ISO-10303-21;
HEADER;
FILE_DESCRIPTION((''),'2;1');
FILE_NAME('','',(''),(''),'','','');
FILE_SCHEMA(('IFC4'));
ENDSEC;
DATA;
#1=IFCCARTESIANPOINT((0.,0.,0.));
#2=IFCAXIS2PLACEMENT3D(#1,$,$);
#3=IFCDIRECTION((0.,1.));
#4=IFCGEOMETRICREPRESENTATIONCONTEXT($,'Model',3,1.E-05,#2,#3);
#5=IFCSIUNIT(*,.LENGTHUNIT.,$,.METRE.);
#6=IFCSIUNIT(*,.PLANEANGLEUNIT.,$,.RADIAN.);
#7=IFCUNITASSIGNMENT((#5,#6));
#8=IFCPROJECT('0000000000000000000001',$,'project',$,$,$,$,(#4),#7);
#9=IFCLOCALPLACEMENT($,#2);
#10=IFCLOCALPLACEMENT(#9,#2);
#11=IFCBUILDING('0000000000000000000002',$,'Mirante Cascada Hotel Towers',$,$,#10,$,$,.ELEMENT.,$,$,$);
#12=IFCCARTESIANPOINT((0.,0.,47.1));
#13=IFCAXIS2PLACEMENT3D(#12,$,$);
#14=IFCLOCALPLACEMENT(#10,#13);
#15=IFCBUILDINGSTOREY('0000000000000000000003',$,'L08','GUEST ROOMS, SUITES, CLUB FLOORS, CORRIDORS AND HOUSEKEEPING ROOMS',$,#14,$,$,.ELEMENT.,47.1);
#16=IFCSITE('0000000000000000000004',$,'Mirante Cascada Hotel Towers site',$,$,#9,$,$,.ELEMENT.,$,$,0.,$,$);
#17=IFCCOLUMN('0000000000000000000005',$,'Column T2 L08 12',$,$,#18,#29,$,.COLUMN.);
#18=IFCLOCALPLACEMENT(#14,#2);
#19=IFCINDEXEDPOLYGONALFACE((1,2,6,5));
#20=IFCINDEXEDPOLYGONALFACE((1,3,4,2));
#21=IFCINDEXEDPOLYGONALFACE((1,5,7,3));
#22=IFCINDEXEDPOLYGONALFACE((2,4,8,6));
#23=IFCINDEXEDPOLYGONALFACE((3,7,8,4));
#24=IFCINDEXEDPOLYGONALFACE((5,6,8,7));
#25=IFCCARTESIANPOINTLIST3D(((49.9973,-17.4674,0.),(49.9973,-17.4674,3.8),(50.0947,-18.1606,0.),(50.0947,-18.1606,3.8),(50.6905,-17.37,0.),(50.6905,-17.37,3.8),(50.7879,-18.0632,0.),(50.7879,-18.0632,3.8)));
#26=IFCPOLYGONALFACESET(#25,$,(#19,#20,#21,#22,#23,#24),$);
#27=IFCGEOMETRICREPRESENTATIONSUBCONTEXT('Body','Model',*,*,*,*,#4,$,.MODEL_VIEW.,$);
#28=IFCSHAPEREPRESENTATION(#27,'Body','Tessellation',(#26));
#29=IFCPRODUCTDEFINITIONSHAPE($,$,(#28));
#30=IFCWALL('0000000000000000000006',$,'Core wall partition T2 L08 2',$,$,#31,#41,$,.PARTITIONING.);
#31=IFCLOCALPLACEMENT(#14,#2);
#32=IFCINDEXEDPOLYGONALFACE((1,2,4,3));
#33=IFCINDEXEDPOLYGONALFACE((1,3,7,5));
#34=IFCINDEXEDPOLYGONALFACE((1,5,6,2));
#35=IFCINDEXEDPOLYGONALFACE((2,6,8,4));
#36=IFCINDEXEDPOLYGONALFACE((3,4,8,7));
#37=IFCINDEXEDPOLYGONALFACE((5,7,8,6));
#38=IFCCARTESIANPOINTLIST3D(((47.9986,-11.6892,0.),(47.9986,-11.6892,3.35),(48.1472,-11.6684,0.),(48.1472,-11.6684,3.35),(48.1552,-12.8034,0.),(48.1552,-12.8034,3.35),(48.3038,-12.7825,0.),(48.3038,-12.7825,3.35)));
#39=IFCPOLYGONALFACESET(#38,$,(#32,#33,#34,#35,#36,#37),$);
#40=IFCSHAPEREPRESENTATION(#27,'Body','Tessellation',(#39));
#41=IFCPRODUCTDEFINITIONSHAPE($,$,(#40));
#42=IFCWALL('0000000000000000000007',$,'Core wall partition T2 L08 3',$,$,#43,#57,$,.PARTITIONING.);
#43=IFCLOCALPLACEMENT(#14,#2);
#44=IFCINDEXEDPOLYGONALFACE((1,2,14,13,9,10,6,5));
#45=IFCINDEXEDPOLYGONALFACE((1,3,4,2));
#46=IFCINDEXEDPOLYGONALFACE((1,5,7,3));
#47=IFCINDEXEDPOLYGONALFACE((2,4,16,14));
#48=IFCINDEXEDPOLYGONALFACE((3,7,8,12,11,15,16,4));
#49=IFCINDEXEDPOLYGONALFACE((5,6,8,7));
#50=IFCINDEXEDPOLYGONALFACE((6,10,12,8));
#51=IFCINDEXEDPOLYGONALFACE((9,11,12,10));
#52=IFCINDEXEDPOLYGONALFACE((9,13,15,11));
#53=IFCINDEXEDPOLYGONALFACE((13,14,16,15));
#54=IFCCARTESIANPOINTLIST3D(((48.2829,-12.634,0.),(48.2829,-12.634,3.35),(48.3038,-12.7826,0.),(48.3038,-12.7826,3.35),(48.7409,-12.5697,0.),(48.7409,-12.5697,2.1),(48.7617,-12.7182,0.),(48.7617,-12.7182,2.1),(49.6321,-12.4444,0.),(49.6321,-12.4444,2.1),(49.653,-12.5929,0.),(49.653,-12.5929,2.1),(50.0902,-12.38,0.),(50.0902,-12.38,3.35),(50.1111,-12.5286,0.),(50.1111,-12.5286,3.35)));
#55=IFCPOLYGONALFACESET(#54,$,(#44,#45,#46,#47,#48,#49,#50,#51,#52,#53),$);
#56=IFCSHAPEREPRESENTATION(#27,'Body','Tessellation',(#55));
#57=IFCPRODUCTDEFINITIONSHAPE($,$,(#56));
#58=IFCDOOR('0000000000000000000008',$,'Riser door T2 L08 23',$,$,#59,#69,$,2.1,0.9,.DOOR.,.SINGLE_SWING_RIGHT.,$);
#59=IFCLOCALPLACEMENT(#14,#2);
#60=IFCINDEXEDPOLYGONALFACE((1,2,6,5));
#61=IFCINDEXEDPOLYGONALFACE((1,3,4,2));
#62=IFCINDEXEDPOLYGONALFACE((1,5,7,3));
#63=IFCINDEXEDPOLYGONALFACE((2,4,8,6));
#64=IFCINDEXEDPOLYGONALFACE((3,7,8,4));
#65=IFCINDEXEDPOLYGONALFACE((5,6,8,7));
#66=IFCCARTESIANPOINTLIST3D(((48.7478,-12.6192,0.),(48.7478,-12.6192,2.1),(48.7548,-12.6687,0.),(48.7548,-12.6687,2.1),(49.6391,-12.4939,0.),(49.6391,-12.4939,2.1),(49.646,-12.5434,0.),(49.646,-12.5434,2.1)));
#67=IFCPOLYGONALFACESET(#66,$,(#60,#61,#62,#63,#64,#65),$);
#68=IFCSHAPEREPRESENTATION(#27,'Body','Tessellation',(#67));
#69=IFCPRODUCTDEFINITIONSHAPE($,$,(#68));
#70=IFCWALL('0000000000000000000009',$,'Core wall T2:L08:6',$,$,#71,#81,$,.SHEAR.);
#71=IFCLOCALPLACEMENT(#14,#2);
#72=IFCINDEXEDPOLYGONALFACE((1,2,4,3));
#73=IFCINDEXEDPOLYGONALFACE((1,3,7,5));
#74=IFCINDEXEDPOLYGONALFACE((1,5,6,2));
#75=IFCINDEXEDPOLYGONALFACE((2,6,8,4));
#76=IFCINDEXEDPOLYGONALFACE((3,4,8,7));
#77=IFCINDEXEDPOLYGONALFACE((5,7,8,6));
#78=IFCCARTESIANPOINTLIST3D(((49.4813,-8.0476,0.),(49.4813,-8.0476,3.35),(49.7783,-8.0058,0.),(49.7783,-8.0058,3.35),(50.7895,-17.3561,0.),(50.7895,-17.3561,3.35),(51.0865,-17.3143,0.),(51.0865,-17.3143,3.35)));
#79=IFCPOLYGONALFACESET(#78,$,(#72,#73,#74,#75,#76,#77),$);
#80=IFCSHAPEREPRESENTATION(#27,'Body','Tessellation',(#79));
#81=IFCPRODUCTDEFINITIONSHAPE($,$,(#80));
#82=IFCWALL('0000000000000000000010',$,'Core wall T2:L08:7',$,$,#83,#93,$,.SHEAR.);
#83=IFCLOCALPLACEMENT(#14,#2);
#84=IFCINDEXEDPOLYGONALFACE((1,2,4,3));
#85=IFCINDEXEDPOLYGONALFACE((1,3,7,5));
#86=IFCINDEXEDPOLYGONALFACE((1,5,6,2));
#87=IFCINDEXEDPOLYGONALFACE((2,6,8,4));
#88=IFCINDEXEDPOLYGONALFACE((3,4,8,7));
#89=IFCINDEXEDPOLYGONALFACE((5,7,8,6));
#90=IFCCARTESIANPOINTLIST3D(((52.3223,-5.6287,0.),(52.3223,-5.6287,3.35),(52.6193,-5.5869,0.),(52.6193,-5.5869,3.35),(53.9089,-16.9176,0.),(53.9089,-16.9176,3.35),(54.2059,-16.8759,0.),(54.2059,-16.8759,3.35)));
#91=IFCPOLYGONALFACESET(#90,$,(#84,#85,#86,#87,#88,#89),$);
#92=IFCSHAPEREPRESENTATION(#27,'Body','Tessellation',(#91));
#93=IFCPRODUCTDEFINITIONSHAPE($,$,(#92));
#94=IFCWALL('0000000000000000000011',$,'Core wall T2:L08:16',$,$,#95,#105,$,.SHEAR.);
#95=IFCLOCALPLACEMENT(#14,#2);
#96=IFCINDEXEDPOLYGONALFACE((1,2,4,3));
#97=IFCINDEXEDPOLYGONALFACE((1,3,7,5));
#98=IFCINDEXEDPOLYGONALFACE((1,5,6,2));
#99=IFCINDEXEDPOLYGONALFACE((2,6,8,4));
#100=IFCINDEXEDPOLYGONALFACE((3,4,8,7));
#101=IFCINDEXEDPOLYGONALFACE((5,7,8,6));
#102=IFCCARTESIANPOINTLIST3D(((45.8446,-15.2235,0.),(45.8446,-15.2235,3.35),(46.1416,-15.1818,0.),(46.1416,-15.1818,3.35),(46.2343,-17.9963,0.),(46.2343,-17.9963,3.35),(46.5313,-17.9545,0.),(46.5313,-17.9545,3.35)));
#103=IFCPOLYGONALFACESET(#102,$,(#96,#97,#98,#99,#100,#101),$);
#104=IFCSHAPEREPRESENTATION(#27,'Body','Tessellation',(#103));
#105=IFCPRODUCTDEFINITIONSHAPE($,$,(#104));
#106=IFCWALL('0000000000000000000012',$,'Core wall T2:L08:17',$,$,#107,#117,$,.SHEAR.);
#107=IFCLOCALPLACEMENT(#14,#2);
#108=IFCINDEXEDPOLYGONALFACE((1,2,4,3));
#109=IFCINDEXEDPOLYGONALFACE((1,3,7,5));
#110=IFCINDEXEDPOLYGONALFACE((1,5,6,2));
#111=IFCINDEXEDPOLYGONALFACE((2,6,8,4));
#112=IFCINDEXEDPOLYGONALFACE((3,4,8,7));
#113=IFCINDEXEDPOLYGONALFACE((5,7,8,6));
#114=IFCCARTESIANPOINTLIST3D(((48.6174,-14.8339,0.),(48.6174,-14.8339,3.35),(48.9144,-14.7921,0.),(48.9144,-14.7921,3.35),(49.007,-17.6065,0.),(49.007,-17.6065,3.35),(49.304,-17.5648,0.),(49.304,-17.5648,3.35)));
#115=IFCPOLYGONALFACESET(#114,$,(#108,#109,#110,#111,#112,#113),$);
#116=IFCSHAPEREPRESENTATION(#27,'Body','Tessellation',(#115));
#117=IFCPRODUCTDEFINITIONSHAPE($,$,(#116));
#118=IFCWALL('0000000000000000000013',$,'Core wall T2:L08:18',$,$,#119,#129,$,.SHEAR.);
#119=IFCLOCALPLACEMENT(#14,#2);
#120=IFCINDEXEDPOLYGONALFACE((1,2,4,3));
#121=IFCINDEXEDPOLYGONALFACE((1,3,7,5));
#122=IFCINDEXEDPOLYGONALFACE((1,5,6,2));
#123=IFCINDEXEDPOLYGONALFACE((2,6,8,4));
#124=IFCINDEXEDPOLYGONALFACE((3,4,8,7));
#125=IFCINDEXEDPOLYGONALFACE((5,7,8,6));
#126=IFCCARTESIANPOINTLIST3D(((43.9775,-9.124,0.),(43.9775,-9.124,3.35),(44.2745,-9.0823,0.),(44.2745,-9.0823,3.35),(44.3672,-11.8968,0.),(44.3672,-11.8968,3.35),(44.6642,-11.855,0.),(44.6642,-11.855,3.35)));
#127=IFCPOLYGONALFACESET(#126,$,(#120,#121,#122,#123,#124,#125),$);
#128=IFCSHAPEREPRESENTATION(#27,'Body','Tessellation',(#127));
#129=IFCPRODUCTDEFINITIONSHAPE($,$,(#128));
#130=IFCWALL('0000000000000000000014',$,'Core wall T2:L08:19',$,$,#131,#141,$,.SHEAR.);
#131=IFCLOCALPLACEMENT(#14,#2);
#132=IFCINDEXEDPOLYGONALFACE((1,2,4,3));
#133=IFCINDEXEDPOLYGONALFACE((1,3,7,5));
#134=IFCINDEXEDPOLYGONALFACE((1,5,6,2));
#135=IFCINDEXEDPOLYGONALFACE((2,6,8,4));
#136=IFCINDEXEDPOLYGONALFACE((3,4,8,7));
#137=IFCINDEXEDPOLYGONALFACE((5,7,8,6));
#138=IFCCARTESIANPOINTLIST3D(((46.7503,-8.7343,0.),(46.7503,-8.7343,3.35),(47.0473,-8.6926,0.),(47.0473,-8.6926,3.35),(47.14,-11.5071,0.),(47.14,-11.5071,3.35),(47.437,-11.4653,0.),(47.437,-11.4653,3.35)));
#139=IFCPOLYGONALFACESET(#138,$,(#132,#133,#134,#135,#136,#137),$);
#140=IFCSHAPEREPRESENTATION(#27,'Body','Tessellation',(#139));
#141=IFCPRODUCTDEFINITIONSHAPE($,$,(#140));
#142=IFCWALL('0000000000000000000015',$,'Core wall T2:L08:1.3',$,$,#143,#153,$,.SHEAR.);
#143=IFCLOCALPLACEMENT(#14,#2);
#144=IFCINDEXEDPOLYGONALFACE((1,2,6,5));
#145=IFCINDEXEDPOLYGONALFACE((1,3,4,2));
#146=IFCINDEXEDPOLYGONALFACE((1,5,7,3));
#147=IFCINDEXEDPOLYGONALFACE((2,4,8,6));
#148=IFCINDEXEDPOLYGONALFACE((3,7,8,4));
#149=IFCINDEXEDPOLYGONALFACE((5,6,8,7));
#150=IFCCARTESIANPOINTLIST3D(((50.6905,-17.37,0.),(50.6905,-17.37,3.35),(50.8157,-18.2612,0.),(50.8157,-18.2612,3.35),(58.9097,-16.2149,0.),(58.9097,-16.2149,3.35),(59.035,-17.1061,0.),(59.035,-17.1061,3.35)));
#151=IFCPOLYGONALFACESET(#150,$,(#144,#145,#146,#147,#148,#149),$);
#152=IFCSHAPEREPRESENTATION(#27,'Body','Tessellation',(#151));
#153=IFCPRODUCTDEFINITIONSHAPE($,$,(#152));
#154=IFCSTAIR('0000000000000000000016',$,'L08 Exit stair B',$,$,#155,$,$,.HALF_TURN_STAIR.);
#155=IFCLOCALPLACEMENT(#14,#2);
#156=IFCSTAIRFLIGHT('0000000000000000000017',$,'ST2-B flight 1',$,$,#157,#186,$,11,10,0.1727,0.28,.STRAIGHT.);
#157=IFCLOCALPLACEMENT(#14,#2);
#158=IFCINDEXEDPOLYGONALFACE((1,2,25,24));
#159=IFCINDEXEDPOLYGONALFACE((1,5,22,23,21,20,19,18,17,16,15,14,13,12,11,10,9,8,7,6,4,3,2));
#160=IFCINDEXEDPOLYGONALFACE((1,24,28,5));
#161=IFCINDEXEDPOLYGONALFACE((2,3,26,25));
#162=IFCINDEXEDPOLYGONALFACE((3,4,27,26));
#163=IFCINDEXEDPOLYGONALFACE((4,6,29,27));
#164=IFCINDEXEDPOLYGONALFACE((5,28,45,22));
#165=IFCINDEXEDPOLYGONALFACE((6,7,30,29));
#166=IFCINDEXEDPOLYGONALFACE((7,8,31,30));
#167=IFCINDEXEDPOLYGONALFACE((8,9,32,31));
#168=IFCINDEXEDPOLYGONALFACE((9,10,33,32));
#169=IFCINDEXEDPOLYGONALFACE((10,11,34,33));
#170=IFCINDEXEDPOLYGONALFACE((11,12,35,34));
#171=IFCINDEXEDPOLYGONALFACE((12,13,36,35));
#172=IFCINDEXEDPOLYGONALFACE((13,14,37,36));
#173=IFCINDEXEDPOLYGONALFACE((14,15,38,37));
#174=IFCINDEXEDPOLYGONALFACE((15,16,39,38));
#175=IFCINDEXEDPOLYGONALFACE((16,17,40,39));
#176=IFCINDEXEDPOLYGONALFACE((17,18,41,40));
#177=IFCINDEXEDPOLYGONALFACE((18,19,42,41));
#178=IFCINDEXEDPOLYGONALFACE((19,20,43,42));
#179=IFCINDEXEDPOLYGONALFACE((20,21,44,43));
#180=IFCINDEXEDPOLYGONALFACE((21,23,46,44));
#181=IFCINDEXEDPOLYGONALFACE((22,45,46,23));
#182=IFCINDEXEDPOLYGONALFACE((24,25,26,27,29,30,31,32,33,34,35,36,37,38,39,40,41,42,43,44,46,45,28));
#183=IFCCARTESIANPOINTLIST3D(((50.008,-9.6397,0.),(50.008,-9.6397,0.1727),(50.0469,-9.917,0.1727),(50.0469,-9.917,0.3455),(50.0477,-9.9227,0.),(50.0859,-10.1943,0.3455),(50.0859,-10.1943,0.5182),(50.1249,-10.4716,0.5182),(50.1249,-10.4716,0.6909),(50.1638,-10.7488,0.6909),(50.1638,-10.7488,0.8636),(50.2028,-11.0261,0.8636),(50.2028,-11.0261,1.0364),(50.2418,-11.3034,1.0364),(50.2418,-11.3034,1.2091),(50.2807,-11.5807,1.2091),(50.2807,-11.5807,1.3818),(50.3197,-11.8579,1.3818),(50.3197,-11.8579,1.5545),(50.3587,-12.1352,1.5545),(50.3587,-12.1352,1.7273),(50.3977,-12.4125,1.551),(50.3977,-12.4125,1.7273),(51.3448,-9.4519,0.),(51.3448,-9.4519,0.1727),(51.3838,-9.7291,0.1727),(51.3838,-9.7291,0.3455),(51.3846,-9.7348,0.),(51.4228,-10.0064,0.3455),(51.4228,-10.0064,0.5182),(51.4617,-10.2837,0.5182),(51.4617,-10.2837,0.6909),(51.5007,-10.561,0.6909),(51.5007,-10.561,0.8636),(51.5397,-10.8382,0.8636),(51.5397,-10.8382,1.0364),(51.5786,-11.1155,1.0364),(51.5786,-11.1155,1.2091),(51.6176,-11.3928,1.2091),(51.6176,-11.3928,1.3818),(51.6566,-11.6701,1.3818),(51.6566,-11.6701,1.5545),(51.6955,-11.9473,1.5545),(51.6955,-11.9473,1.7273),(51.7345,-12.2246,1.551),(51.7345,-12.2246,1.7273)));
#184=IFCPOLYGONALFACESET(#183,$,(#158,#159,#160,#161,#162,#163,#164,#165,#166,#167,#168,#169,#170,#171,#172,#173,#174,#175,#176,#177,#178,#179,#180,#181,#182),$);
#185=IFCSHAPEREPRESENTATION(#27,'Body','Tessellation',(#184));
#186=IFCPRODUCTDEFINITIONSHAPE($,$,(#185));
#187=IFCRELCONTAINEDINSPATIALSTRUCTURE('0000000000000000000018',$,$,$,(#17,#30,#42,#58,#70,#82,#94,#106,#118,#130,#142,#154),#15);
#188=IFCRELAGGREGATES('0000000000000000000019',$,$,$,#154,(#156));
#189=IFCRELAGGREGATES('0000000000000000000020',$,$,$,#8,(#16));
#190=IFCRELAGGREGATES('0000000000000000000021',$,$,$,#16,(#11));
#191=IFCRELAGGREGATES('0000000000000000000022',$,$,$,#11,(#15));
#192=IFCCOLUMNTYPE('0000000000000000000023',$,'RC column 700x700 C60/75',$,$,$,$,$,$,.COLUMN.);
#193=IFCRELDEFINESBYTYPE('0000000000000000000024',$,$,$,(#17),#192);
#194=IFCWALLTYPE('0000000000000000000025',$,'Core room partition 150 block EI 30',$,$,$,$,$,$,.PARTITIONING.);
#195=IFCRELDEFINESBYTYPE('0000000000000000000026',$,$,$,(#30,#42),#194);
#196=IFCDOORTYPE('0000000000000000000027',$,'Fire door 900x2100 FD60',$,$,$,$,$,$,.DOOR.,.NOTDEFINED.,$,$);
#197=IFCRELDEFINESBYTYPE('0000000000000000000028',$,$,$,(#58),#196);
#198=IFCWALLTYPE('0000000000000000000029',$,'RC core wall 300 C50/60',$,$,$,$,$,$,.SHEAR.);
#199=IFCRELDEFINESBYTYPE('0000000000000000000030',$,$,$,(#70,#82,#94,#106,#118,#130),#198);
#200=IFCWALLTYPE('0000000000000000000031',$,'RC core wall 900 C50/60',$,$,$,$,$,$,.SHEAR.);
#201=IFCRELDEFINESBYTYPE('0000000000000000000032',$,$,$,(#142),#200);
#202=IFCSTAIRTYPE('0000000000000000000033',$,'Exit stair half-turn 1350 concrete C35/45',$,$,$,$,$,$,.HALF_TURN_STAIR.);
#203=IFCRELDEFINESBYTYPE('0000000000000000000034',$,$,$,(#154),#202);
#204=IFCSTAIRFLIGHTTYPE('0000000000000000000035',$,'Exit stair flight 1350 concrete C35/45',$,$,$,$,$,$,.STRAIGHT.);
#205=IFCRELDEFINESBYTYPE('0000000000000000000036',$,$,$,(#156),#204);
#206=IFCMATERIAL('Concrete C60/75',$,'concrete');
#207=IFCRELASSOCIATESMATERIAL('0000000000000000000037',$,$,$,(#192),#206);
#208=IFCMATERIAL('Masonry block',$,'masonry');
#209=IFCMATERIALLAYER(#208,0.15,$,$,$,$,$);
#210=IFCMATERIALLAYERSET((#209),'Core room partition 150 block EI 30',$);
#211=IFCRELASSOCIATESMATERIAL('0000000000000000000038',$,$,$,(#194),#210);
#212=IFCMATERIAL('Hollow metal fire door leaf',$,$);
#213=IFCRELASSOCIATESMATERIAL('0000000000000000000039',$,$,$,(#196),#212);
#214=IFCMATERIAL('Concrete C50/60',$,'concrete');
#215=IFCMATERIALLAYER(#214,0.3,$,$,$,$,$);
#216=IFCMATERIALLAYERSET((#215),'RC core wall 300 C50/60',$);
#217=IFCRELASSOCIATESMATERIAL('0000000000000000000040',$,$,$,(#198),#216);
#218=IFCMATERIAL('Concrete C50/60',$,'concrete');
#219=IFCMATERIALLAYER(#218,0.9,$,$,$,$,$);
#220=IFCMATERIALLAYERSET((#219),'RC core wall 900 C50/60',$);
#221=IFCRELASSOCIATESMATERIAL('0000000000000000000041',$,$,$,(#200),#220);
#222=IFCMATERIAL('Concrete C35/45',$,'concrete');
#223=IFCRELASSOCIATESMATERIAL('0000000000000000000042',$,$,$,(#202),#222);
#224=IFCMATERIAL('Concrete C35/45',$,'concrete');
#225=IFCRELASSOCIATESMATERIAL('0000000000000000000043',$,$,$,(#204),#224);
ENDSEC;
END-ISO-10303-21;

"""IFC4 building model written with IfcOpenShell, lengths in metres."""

from ifc_helpers import new_model, si_unit, direction, frame, frame_2d, origin, origin_2d, place, context, subcontext, project, spatial, polyline, rectangle, outline, extrude, material, layer, layer_set, material_profile, profile_set, type_object, element, fill, aggregate, save


model = new_model("IFC4")

# Units and contexts
model_context = context("Model", 3, precision=1e-05, world=origin(), true_north=direction((0.0, 1.0)))
body_context = subcontext(model_context, "Body", "Model", "MODEL_VIEW")
ifc_project = project(units=[si_unit("LENGTHUNIT", "METRE"), si_unit("PLANEANGLEUNIT", "RADIAN")], contexts=[model_context])

# Site, building, storey
site_placement = place(None, origin())
site = spatial("IfcSite", under=ifc_project, at=site_placement, Name="Mirante Cascada Hotel Towers site", CompositionType="ELEMENT", RefElevation=0.0)
building_placement = place(site_placement, origin())
building = spatial("IfcBuilding", under=site, at=building_placement, Name="Mirante Cascada Hotel Towers", CompositionType="ELEMENT")
storey_placement = place(building_placement, frame((0.0, 0.0, 47.1)))
storey = spatial("IfcBuildingStorey", under=building, at=storey_placement, Name="L08", Description="GUEST ROOMS, SUITES, CLUB FLOORS, CORRIDORS AND HOUSEKEEPING ROOMS", CompositionType="ELEMENT", Elevation=47.1)

# Column
ifc_material_1 = material(Name="Concrete C60/75", Category="concrete")
ifc_material_profile = material_profile(ifc_material_1, rectangle(XDim=0.7, YDim=0.7, at=origin_2d()), Name="RC column 700x700 C60/75")
ifc_profile_set = profile_set([ifc_material_profile], Name="Concrete C60/75")
column_type = type_object("IfcColumnType", Name="RC column 700x700 C60/75", PredefinedType="COLUMN", material=ifc_profile_set)
column_placement = place(storey_placement, frame((50.3926, -17.7653, 0.0), z_axis=(0.0, 0.0, 1.0), x_axis=(0.990268, 0.139173, 0.0)))
element("IfcColumn", 1, at=column_placement, inside=storey, type_object=column_type, Name="Column T2 L08 12", PredefinedType="COLUMN", context=body_context, shape_type="SweptSolid", body=[
    extrude(rectangle(XDim=0.7, YDim=0.7, at=origin_2d()), origin(), (0.0, 0.0, 1.0), 3.8),
])

# Wall
ifc_material_2 = material(Name="Masonry block", Category="masonry")
ifc_layer_1 = layer(ifc_material_2, 0.15)
ifc_layer_set_1 = layer_set([ifc_layer_1], Name="Core room partition 150 block EI 30")
wall_type_1 = type_object("IfcWallType", Name="Core room partition 150 block EI 30", PredefinedType="PARTITIONING", material=ifc_layer_set_1)
wall_1_placement = place(storey_placement, frame((48.2295, -12.793, 0.0), z_axis=(0.0, 0.0, 1.0), x_axis=(-0.139193, 0.990265, 0.0)))
element("IfcWall", 2, at=wall_1_placement, inside=storey, type_object=wall_type_1, Name="Core wall partition T2 L08 2", PredefinedType="PARTITIONING", context=body_context, shape_type="SweptSolid", body=[
    extrude(rectangle(XDim=1.1251, YDim=0.15, at=frame_2d((0.5626, 0.0))), origin(), (0.0, 0.0, 1.0), 3.35),
])

# Wall, opening, door
wall_2_placement = place(storey_placement, frame((48.2933, -12.7083, 0.0), z_axis=(0.0, 0.0, 1.0), x_axis=(0.990268, 0.139173, 0.0)))
wall_2 = element("IfcWall", 3, at=wall_2_placement, inside=storey, type_object=wall_type_1, Name="Core wall partition T2 L08 3", PredefinedType="PARTITIONING", context=body_context, shape_type="SweptSolid", body=[
    extrude(rectangle(XDim=1.8251, YDim=0.15, at=frame_2d((0.9126, 0.0))), origin(), (0.0, 0.0, 1.0), 3.35),
])
opening_1_placement = place(wall_2_placement, frame((0.4625, 0.0, 0.0)))
opening_1 = element("IfcOpeningElement", 4, at=opening_1_placement, cuts=wall_2, PredefinedType="OPENING", context=body_context, shape_type="SweptSolid", body=[
    extrude(rectangle(XDim=0.9, YDim=2.1, at=frame_2d((0.45, 1.05))), frame((0.0, 0.075, 0.0), z_axis=(0.0, -1.0, 0.0), x_axis=(1.0, 0.0, 0.0)), (0.0, 0.0, 1.0), 0.15),
])
ifc_material_3 = material(Name="Hollow metal fire door leaf")
door_type_1 = type_object("IfcDoorType", Name="Fire door 900x2100 FD60", OperationType="NOTDEFINED", PredefinedType="DOOR", material=ifc_material_3)
door_1_placement = place(opening_1_placement, frame((0.9, 0.0, 0.0), z_axis=(0.0, 0.0, 1.0), x_axis=(-1.0, 0.0, 0.0)))
door_1 = element("IfcDoor", 5, at=door_1_placement, inside=storey, type_object=door_type_1, Name="Riser door T2 L08 23", OperationType="SINGLE_SWING_RIGHT", OverallHeight=2.1, OverallWidth=0.9, PredefinedType="DOOR", context=body_context, shape_type="SweptSolid", body=[
    extrude(rectangle(XDim=0.9, YDim=2.1, at=frame_2d((0.45, 1.05))), frame((0.0, 0.025, 0.0), z_axis=(0.0, -1.0, 0.0), x_axis=(1.0, 0.0, 0.0)), (0.0, 0.0, 1.0), 0.05),
])
fill(opening_1, door_1)

# Walls
ifc_material_4 = material(Name="Concrete C50/60", Category="concrete")
ifc_layer_2 = layer(ifc_material_4, 0.3)
ifc_layer_set_2 = layer_set([ifc_layer_2], Name="RC core wall 300 C50/60")
wall_type_2 = type_object("IfcWallType", Name="RC core wall 300 C50/60", PredefinedType="SHEAR", material=ifc_layer_set_2)
wall_3_placement = place(storey_placement, frame((50.938, -17.3352, 0.0), z_axis=(0.0, 0.0, 1.0), x_axis=(-0.139171, 0.990268, 0.0)))
element("IfcWall", 6, at=wall_3_placement, inside=storey, type_object=wall_type_2, Name="Core wall T2:L08:6", PredefinedType="SHEAR", context=body_context, shape_type="SweptSolid", body=[
    extrude(rectangle(XDim=9.4, YDim=0.3, at=frame_2d((4.7, 0.0))), origin(), (0.0, 0.0, 1.0), 3.35),
])
wall_4_placement = place(storey_placement, frame((54.0574, -16.8968, 0.0), z_axis=(0.0, 0.0, 1.0), x_axis=(-0.139176, 0.990268, 0.0)))
element("IfcWall", 7, at=wall_4_placement, inside=storey, type_object=wall_type_2, Name="Core wall T2:L08:7", PredefinedType="SHEAR", context=body_context, shape_type="SweptSolid", body=[
    extrude(rectangle(XDim=11.3999, YDim=0.3, at=frame_2d((5.7, 0.0))), origin(), (0.0, 0.0, 1.0), 3.35),
])
wall_5_placement = place(storey_placement, frame((46.3828, -17.9754, 0.0), z_axis=(0.0, 0.0, 1.0), x_axis=(-0.139181, 0.990267, 0.0)))
element("IfcWall", 8, at=wall_5_placement, inside=storey, type_object=wall_type_2, Name="Core wall T2:L08:16", PredefinedType="SHEAR", context=body_context, shape_type="SweptSolid", body=[
    extrude(rectangle(XDim=2.8, YDim=0.3, at=frame_2d((1.4, 0.0))), origin(), (0.0, 0.0, 1.0), 3.35),
])
wall_6_placement = place(storey_placement, frame((49.1555, -17.5857, 0.0), z_axis=(0.0, 0.0, 1.0), x_axis=(-0.139146, 0.990272, 0.0)))
element("IfcWall", 9, at=wall_6_placement, inside=storey, type_object=wall_type_2, Name="Core wall T2:L08:17", PredefinedType="SHEAR", context=body_context, shape_type="SweptSolid", body=[
    extrude(rectangle(XDim=2.7999, YDim=0.3, at=frame_2d((1.4, 0.0))), origin(), (0.0, 0.0, 1.0), 3.35),
])
for number, where, z_axis, x_axis, name in (
    (10, (44.5157, -11.8759, 0.0), (0.0, 0.0, 1.0), (-0.139181, 0.990267, 0.0), "Core wall T2:L08:18"),
    (11, (47.2885, -11.4862, 0.0), (0.0, 0.0, 1.0), (-0.139181, 0.990267, 0.0), "Core wall T2:L08:19"),
):
    element("IfcWall", number, at=place(storey_placement, frame(where, z_axis=z_axis, x_axis=x_axis)), inside=storey, type_object=wall_type_2, Name=name, PredefinedType="SHEAR", context=body_context, shape_type="SweptSolid", body=[
        extrude(rectangle(XDim=2.8, YDim=0.3, at=frame_2d((1.4, 0.0))), origin(), (0.0, 0.0, 1.0), 3.35),
    ])

# Wall
ifc_material_5 = material(Name="Concrete C50/60", Category="concrete")
ifc_layer_3 = layer(ifc_material_5, 0.9)
ifc_layer_set_3 = layer_set([ifc_layer_3], Name="RC core wall 900 C50/60")
wall_type_3 = type_object("IfcWallType", Name="RC core wall 900 C50/60", PredefinedType="SHEAR", material=ifc_layer_set_3)
wall_7_placement = place(storey_placement, frame((50.7531, -17.8156, 0.0), z_axis=(0.0, 0.0, 1.0), x_axis=(0.990269, 0.139169, 0.0)))
element("IfcWall", 12, at=wall_7_placement, inside=storey, type_object=wall_type_3, Name="Core wall T2:L08:1.3", PredefinedType="SHEAR", context=body_context, shape_type="SweptSolid", body=[
    extrude(rectangle(XDim=8.3, YDim=0.9, at=frame_2d((4.15, 0.0))), origin(), (0.0, 0.0, 1.0), 3.35),
])

# Stair, stair flight
ifc_material_6 = material(Name="Concrete C35/45", Category="concrete")
stair_type = type_object("IfcStairType", Name="Exit stair half-turn 1350 concrete C35/45", PredefinedType="HALF_TURN_STAIR", material=ifc_material_6)
stair_placement = place(storey_placement, origin())
stair = element("IfcStair", 13, at=stair_placement, inside=storey, type_object=stair_type, Name="L08 Exit stair B", PredefinedType="HALF_TURN_STAIR")
ifc_material_7 = material(Name="Concrete C35/45", Category="concrete")
stair_flight_type = type_object("IfcStairFlightType", Name="Exit stair flight 1350 concrete C35/45", PredefinedType="STRAIGHT", material=ifc_material_7)
stair_flight_1_placement = place(storey_placement, frame((50.6764, -9.5458, 0.0), z_axis=(0.0, 0.0, 1.0), x_axis=(0.139173, -0.990268, 0.0)))
stair_flight_1 = element("IfcStairFlight", 14, at=stair_flight_1_placement, type_object=stair_flight_type, Name="ST2-B flight 1", NumberOfRisers=11, NumberOfTreads=10, PredefinedType="STRAIGHT", RiserHeight=0.1727, TreadLength=0.28, context=body_context, shape_type="SweptSolid", body=[
    extrude(outline(polyline([(0.0, 0.0), (0.0, 0.1727), (0.28, 0.1727), (0.28, 0.3455), (0.56, 0.3455), (0.56, 0.5182), (0.84, 0.5182), (0.84, 0.6909), (1.12, 0.6909), (1.12, 0.8636), (1.4, 0.8636), (1.4, 1.0364), (1.68, 1.0364), (1.68, 1.2091), (1.96, 1.2091), (1.96, 1.3818), (2.24, 1.3818), (2.24, 1.5545), (2.52, 1.5545), (2.52, 1.7273), (2.8, 1.7273), (2.8, 1.9), (2.8, 1.551), (0.2857, 0.0), (0.0, 0.0)])), frame((0.0, 0.675, 0.0), z_axis=(0.0, -1.0, 0.0), x_axis=(1.0, 0.0, 0.0)), (0.0, 0.0, 1.0), 1.35),
])
aggregate(stair, [stair_flight_1])

save(model, "model.ifc")
